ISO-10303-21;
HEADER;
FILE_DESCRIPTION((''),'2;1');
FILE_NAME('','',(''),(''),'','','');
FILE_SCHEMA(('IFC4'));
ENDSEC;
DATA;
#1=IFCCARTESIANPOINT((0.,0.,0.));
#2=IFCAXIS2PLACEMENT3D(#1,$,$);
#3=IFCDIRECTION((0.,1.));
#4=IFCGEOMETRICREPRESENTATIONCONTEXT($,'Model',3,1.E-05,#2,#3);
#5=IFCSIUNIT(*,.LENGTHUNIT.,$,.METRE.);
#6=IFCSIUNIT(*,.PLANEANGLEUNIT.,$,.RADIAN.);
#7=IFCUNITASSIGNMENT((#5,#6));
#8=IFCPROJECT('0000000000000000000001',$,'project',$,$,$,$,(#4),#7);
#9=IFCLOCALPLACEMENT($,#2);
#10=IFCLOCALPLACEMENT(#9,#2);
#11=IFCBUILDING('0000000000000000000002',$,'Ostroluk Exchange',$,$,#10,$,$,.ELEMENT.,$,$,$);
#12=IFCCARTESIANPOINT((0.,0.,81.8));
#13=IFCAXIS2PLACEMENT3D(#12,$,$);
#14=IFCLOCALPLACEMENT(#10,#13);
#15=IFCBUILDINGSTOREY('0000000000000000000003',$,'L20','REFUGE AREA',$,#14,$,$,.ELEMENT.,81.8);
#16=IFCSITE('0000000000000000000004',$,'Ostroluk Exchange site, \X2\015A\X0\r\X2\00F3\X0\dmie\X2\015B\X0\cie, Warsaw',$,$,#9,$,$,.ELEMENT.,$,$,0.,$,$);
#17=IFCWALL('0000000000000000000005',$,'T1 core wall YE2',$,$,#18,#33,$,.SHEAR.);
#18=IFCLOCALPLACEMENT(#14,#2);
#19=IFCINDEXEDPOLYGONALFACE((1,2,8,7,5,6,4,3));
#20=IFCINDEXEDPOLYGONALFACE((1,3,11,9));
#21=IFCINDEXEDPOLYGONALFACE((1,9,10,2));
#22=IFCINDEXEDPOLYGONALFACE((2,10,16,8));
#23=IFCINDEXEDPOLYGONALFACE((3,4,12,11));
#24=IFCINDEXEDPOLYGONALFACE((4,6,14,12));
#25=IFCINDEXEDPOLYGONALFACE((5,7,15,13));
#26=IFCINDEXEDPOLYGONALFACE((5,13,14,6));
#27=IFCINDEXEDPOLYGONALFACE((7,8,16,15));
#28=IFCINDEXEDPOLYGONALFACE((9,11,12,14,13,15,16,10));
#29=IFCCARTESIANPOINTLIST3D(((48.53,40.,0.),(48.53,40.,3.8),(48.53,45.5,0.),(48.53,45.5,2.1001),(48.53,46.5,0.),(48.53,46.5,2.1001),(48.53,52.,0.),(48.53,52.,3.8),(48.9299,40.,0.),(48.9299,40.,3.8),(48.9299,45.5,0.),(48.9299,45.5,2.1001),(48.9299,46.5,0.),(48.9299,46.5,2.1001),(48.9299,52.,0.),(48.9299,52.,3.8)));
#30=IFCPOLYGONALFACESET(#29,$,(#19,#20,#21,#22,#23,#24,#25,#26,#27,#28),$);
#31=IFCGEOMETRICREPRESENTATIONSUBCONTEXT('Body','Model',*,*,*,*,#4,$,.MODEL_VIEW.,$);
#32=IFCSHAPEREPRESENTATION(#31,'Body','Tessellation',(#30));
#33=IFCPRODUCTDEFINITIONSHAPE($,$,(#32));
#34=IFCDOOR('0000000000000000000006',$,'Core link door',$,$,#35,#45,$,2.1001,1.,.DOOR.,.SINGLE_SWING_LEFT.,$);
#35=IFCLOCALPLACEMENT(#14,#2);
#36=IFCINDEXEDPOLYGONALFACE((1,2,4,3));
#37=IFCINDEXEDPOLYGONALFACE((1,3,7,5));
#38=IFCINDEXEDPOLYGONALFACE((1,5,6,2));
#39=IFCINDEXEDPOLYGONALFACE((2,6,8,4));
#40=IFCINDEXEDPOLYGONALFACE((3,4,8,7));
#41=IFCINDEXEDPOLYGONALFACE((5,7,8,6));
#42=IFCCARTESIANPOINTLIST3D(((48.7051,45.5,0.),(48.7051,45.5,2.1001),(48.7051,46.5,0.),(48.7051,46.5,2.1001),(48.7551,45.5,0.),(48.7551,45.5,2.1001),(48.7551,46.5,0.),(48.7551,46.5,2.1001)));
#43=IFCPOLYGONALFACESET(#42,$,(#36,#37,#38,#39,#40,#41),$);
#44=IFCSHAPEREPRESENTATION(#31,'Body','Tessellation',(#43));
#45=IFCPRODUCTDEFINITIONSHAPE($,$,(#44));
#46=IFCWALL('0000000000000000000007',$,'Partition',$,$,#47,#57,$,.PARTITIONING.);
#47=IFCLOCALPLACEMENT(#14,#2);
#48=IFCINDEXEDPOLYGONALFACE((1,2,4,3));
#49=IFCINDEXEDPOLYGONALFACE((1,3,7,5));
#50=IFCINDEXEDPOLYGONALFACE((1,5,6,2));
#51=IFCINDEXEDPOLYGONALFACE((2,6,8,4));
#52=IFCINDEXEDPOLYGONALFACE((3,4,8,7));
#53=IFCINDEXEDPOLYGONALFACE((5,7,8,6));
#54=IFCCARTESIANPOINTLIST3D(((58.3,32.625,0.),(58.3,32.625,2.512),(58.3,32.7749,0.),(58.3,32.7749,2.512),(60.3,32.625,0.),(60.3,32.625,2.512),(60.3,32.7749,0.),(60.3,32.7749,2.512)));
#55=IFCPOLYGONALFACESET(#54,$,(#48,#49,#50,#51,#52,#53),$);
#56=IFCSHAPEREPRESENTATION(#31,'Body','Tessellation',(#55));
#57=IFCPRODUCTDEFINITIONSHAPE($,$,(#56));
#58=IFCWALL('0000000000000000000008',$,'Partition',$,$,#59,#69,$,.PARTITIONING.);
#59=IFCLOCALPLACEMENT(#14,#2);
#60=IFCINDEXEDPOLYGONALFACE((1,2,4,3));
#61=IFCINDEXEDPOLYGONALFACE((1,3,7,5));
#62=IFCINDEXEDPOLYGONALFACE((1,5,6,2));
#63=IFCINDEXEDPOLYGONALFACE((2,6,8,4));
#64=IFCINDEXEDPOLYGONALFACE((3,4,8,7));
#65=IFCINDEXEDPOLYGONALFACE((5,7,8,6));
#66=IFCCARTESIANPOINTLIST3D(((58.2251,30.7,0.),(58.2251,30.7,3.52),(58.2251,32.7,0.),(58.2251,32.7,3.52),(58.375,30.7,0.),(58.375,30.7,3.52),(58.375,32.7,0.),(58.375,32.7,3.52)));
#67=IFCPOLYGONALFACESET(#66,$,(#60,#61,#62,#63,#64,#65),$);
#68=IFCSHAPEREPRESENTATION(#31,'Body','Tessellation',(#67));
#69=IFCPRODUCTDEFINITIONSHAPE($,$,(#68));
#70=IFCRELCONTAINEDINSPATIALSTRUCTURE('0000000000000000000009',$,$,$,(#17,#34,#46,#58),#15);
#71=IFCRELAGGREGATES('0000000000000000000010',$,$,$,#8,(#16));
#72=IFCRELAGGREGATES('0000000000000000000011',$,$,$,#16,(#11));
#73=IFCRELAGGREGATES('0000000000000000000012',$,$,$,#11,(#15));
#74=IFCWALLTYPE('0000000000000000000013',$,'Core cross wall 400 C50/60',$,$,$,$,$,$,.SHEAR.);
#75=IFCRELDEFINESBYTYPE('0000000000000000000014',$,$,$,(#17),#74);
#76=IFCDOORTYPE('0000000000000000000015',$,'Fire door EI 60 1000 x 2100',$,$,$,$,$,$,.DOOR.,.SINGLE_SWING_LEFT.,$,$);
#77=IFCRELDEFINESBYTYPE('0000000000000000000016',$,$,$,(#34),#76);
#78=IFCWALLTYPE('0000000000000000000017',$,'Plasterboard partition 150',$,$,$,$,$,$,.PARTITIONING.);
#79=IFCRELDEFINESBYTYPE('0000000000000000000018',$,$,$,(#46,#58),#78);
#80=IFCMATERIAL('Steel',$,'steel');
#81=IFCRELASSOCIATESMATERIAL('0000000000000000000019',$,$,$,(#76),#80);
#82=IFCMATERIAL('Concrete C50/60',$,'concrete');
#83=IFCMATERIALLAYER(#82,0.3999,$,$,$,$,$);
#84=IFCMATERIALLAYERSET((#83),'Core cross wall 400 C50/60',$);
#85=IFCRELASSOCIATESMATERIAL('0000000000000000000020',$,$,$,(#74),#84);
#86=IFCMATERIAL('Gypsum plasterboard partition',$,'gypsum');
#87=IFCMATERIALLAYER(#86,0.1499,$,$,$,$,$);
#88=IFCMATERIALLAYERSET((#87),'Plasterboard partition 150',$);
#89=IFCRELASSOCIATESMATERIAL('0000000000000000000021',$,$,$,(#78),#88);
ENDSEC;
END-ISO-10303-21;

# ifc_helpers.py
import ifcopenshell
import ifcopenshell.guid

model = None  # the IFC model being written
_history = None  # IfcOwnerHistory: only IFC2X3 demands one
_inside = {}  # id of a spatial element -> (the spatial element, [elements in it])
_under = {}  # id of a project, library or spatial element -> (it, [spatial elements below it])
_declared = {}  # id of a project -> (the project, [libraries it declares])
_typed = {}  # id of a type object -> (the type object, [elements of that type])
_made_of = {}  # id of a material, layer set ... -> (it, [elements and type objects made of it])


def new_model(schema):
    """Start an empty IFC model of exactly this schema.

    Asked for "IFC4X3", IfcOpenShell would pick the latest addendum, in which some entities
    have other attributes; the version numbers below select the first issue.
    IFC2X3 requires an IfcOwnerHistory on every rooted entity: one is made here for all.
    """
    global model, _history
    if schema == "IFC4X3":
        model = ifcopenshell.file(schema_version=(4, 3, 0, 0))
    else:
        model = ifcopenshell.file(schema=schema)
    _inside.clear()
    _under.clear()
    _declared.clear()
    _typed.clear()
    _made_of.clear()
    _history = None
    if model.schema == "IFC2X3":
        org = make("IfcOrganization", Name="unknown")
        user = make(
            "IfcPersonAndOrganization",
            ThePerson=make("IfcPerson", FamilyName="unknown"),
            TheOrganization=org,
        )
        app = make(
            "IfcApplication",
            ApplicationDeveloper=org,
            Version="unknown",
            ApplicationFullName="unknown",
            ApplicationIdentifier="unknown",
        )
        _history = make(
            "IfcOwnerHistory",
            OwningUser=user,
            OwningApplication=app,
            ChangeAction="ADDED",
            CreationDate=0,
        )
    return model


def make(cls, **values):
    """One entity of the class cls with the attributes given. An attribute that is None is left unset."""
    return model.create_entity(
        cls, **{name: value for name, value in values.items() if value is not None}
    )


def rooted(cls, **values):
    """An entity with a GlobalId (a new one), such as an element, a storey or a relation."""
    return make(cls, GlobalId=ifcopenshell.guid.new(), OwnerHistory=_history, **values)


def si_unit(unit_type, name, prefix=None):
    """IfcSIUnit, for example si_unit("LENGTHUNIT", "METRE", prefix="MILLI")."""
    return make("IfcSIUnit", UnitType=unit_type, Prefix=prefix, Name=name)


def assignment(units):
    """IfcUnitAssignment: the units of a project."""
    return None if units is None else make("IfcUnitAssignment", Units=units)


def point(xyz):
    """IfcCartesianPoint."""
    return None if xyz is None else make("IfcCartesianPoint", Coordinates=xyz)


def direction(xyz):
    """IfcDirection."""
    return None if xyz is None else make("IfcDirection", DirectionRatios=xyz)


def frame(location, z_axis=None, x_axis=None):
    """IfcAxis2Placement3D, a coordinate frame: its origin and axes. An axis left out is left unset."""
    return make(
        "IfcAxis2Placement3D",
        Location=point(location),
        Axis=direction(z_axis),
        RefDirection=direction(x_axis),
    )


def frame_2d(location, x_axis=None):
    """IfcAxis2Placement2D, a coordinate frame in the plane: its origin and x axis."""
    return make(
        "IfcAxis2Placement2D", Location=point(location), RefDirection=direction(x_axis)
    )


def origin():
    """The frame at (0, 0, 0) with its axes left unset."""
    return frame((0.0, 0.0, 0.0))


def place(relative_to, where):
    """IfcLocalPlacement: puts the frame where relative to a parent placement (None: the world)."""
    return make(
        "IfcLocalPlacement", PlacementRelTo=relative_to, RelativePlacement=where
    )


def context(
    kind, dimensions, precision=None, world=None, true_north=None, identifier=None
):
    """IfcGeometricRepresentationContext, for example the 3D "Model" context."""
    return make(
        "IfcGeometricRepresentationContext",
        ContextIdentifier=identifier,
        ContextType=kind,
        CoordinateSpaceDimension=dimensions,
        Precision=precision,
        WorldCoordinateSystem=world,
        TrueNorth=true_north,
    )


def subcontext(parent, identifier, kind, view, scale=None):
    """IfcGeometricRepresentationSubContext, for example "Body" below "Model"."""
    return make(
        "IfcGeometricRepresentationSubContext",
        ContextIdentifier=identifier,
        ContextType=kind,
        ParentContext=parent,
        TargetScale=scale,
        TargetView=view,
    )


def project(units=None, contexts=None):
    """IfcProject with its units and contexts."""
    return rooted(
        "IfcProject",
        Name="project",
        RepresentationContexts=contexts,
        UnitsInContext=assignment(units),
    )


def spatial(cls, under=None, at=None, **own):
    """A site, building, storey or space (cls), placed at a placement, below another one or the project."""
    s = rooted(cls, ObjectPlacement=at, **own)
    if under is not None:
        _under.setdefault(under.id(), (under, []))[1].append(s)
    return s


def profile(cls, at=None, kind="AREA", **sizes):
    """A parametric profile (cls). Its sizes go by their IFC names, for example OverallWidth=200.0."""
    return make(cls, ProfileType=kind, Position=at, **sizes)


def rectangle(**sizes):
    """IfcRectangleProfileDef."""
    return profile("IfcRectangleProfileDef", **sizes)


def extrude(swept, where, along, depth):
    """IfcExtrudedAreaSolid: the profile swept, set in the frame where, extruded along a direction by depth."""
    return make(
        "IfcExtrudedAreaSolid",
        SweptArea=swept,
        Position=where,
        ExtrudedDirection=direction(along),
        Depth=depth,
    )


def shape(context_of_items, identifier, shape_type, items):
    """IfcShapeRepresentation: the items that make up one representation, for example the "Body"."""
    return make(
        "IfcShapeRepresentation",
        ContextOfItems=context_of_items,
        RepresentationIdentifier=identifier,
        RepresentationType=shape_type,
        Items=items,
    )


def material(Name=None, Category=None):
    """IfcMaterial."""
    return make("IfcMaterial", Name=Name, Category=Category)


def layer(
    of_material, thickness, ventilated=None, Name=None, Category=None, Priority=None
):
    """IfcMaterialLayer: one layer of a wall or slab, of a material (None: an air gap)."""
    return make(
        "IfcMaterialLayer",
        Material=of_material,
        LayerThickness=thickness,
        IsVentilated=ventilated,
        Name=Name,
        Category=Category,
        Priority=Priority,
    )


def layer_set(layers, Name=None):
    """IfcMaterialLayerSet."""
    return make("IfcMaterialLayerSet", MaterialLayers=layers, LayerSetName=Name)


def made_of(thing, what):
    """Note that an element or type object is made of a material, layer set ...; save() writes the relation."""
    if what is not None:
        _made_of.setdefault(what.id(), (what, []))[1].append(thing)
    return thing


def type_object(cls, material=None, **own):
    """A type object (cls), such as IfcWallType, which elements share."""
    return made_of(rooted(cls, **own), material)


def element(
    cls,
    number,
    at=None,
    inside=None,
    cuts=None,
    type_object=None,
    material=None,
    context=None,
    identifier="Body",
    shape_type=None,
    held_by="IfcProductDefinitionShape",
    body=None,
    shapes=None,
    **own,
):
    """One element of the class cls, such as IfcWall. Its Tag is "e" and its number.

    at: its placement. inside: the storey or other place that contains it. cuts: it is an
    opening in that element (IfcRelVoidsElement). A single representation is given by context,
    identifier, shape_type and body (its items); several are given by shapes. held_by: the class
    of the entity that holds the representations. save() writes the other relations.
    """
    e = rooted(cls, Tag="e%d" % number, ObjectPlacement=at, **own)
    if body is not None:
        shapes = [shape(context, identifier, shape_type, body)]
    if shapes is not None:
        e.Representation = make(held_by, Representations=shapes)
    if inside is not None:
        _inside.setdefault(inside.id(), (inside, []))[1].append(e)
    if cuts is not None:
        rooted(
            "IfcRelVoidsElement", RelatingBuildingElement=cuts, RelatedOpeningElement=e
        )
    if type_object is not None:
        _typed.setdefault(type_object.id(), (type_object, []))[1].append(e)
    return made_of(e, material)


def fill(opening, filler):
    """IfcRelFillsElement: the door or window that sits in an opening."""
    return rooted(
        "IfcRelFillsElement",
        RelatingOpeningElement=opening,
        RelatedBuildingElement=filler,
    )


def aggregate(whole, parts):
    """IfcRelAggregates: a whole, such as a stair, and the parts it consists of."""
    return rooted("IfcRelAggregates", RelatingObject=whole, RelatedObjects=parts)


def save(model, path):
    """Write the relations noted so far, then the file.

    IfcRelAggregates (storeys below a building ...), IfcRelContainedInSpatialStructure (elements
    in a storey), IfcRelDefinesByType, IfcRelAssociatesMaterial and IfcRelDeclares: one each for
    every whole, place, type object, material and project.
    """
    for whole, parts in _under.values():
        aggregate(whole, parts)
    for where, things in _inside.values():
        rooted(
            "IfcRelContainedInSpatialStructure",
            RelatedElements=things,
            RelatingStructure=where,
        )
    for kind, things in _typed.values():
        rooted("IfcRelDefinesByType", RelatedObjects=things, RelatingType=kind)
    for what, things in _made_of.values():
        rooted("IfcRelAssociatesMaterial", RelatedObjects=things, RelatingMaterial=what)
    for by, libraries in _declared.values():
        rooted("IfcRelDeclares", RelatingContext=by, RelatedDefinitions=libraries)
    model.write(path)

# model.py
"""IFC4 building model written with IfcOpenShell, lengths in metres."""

from ifc_helpers import new_model, si_unit, direction, frame, frame_2d, origin, place, context, subcontext, project, spatial, rectangle, extrude, material, layer, layer_set, type_object, element, fill, save


model = new_model("IFC4")

# Units and contexts
model_context = context("Model", 3, precision=1e-05, world=origin(), true_north=direction((0.0, 1.0)))
body_context = subcontext(model_context, "Body", "Model", "MODEL_VIEW")
ifc_project = project(units=[si_unit("LENGTHUNIT", "METRE"), si_unit("PLANEANGLEUNIT", "RADIAN")], contexts=[model_context])

# Site, building, storey
site_placement = place(None, origin())
site = spatial("IfcSite", under=ifc_project, at=site_placement, Name="Ostroluk Exchange site, Śródmieście, Warsaw", CompositionType="ELEMENT", RefElevation=0.0)
building_placement = place(site_placement, origin())
building = spatial("IfcBuilding", under=site, at=building_placement, Name="Ostroluk Exchange", CompositionType="ELEMENT")
storey_placement = place(building_placement, frame((0.0, 0.0, 81.8)))
storey = spatial("IfcBuildingStorey", under=building, at=storey_placement, Name="L20", Description="REFUGE AREA", CompositionType="ELEMENT", Elevation=81.8)

# Shared definitions
ifc_material_1 = material(Name="Steel", Category="steel")
door_type_1 = type_object("IfcDoorType", Name="Fire door EI 60 1000 x 2100", OperationType="SINGLE_SWING_LEFT", PredefinedType="DOOR", material=ifc_material_1)

# Shared definitions
ifc_material_2 = material(Name="Concrete C50/60", Category="concrete")
ifc_layer_1 = layer(ifc_material_2, 0.3999)
ifc_layer_set_1 = layer_set([ifc_layer_1], Name="Core cross wall 400 C50/60")
wall_type_1 = type_object("IfcWallType", Name="Core cross wall 400 C50/60", PredefinedType="SHEAR", material=ifc_layer_set_1)

# Wall, opening, door
wall_1_placement = place(storey_placement, frame((48.73, 40.0, 0.0), z_axis=(0.0, 0.0, 1.0), x_axis=(0.0, 1.0, 0.0)))
wall_1 = element("IfcWall", 1, at=wall_1_placement, inside=storey, type_object=wall_type_1, Name="T1 core wall YE2", PredefinedType="SHEAR", context=body_context, shape_type="SweptSolid", body=[
    extrude(rectangle(XDim=12.0, YDim=0.3999, at=frame_2d((6.0, 0.0))), origin(), (0.0, 0.0, 1.0), 3.8),
])
opening_1_placement = place(wall_1_placement, frame((5.5, 0.0, 0.0)))
opening_1 = element("IfcOpeningElement", 2, at=opening_1_placement, cuts=wall_1, PredefinedType="OPENING", context=body_context, shape_type="SweptSolid", body=[
    extrude(rectangle(XDim=1.0, YDim=2.1001, at=frame_2d((0.5, 1.05))), frame((0.0, 0.21, 0.0), z_axis=(0.0, -1.0, 0.0), x_axis=(1.0, 0.0, 0.0)), (0.0, 0.0, 1.0), 0.4199),
])
door_1_placement = place(opening_1_placement, origin())
door_1 = element("IfcDoor", 3, at=door_1_placement, inside=storey, type_object=door_type_1, Name="Core link door", OperationType="SINGLE_SWING_LEFT", OverallHeight=2.1001, OverallWidth=1.0, PredefinedType="DOOR", context=body_context, shape_type="SweptSolid", body=[
    extrude(rectangle(XDim=1.0, YDim=2.1001, at=frame_2d((0.5, 1.05))), frame((0.0, 0.0249, 0.0), z_axis=(0.0, -1.0, 0.0), x_axis=(1.0, 0.0, 0.0)), (0.0, 0.0, 1.0), 0.05),
])
fill(opening_1, door_1)

# Walls
ifc_material_3 = material(Name="Gypsum plasterboard partition", Category="gypsum")
ifc_layer_2 = layer(ifc_material_3, 0.1499)
ifc_layer_set_2 = layer_set([ifc_layer_2], Name="Plasterboard partition 150")
wall_type_2 = type_object("IfcWallType", Name="Plasterboard partition 150", PredefinedType="PARTITIONING", material=ifc_layer_set_2)
wall_2_placement = place(storey_placement, frame((58.3, 32.7, 0.0), z_axis=(0.0, 0.0, 1.0), x_axis=(1.0, 0.0, 0.0)))
element("IfcWall", 4, at=wall_2_placement, inside=storey, type_object=wall_type_2, Name="Partition", PredefinedType="PARTITIONING", context=body_context, shape_type="SweptSolid", body=[
    extrude(rectangle(XDim=2.0, YDim=0.1499, at=frame_2d((1.0, 0.0))), origin(), (0.0, 0.0, 1.0), 2.512),
])
wall_3_placement = place(storey_placement, frame((58.3, 32.7, 0.0), z_axis=(0.0, 0.0, 1.0), x_axis=(0.0, -1.0, 0.0)))
element("IfcWall", 5, at=wall_3_placement, inside=storey, type_object=wall_type_2, Name="Partition", PredefinedType="PARTITIONING", context=body_context, shape_type="SweptSolid", body=[
    extrude(rectangle(XDim=2.0, YDim=0.1499, at=frame_2d((1.0, 0.0))), origin(), (0.0, 0.0, 1.0), 3.52),
])

save(model, "model.ifc")
